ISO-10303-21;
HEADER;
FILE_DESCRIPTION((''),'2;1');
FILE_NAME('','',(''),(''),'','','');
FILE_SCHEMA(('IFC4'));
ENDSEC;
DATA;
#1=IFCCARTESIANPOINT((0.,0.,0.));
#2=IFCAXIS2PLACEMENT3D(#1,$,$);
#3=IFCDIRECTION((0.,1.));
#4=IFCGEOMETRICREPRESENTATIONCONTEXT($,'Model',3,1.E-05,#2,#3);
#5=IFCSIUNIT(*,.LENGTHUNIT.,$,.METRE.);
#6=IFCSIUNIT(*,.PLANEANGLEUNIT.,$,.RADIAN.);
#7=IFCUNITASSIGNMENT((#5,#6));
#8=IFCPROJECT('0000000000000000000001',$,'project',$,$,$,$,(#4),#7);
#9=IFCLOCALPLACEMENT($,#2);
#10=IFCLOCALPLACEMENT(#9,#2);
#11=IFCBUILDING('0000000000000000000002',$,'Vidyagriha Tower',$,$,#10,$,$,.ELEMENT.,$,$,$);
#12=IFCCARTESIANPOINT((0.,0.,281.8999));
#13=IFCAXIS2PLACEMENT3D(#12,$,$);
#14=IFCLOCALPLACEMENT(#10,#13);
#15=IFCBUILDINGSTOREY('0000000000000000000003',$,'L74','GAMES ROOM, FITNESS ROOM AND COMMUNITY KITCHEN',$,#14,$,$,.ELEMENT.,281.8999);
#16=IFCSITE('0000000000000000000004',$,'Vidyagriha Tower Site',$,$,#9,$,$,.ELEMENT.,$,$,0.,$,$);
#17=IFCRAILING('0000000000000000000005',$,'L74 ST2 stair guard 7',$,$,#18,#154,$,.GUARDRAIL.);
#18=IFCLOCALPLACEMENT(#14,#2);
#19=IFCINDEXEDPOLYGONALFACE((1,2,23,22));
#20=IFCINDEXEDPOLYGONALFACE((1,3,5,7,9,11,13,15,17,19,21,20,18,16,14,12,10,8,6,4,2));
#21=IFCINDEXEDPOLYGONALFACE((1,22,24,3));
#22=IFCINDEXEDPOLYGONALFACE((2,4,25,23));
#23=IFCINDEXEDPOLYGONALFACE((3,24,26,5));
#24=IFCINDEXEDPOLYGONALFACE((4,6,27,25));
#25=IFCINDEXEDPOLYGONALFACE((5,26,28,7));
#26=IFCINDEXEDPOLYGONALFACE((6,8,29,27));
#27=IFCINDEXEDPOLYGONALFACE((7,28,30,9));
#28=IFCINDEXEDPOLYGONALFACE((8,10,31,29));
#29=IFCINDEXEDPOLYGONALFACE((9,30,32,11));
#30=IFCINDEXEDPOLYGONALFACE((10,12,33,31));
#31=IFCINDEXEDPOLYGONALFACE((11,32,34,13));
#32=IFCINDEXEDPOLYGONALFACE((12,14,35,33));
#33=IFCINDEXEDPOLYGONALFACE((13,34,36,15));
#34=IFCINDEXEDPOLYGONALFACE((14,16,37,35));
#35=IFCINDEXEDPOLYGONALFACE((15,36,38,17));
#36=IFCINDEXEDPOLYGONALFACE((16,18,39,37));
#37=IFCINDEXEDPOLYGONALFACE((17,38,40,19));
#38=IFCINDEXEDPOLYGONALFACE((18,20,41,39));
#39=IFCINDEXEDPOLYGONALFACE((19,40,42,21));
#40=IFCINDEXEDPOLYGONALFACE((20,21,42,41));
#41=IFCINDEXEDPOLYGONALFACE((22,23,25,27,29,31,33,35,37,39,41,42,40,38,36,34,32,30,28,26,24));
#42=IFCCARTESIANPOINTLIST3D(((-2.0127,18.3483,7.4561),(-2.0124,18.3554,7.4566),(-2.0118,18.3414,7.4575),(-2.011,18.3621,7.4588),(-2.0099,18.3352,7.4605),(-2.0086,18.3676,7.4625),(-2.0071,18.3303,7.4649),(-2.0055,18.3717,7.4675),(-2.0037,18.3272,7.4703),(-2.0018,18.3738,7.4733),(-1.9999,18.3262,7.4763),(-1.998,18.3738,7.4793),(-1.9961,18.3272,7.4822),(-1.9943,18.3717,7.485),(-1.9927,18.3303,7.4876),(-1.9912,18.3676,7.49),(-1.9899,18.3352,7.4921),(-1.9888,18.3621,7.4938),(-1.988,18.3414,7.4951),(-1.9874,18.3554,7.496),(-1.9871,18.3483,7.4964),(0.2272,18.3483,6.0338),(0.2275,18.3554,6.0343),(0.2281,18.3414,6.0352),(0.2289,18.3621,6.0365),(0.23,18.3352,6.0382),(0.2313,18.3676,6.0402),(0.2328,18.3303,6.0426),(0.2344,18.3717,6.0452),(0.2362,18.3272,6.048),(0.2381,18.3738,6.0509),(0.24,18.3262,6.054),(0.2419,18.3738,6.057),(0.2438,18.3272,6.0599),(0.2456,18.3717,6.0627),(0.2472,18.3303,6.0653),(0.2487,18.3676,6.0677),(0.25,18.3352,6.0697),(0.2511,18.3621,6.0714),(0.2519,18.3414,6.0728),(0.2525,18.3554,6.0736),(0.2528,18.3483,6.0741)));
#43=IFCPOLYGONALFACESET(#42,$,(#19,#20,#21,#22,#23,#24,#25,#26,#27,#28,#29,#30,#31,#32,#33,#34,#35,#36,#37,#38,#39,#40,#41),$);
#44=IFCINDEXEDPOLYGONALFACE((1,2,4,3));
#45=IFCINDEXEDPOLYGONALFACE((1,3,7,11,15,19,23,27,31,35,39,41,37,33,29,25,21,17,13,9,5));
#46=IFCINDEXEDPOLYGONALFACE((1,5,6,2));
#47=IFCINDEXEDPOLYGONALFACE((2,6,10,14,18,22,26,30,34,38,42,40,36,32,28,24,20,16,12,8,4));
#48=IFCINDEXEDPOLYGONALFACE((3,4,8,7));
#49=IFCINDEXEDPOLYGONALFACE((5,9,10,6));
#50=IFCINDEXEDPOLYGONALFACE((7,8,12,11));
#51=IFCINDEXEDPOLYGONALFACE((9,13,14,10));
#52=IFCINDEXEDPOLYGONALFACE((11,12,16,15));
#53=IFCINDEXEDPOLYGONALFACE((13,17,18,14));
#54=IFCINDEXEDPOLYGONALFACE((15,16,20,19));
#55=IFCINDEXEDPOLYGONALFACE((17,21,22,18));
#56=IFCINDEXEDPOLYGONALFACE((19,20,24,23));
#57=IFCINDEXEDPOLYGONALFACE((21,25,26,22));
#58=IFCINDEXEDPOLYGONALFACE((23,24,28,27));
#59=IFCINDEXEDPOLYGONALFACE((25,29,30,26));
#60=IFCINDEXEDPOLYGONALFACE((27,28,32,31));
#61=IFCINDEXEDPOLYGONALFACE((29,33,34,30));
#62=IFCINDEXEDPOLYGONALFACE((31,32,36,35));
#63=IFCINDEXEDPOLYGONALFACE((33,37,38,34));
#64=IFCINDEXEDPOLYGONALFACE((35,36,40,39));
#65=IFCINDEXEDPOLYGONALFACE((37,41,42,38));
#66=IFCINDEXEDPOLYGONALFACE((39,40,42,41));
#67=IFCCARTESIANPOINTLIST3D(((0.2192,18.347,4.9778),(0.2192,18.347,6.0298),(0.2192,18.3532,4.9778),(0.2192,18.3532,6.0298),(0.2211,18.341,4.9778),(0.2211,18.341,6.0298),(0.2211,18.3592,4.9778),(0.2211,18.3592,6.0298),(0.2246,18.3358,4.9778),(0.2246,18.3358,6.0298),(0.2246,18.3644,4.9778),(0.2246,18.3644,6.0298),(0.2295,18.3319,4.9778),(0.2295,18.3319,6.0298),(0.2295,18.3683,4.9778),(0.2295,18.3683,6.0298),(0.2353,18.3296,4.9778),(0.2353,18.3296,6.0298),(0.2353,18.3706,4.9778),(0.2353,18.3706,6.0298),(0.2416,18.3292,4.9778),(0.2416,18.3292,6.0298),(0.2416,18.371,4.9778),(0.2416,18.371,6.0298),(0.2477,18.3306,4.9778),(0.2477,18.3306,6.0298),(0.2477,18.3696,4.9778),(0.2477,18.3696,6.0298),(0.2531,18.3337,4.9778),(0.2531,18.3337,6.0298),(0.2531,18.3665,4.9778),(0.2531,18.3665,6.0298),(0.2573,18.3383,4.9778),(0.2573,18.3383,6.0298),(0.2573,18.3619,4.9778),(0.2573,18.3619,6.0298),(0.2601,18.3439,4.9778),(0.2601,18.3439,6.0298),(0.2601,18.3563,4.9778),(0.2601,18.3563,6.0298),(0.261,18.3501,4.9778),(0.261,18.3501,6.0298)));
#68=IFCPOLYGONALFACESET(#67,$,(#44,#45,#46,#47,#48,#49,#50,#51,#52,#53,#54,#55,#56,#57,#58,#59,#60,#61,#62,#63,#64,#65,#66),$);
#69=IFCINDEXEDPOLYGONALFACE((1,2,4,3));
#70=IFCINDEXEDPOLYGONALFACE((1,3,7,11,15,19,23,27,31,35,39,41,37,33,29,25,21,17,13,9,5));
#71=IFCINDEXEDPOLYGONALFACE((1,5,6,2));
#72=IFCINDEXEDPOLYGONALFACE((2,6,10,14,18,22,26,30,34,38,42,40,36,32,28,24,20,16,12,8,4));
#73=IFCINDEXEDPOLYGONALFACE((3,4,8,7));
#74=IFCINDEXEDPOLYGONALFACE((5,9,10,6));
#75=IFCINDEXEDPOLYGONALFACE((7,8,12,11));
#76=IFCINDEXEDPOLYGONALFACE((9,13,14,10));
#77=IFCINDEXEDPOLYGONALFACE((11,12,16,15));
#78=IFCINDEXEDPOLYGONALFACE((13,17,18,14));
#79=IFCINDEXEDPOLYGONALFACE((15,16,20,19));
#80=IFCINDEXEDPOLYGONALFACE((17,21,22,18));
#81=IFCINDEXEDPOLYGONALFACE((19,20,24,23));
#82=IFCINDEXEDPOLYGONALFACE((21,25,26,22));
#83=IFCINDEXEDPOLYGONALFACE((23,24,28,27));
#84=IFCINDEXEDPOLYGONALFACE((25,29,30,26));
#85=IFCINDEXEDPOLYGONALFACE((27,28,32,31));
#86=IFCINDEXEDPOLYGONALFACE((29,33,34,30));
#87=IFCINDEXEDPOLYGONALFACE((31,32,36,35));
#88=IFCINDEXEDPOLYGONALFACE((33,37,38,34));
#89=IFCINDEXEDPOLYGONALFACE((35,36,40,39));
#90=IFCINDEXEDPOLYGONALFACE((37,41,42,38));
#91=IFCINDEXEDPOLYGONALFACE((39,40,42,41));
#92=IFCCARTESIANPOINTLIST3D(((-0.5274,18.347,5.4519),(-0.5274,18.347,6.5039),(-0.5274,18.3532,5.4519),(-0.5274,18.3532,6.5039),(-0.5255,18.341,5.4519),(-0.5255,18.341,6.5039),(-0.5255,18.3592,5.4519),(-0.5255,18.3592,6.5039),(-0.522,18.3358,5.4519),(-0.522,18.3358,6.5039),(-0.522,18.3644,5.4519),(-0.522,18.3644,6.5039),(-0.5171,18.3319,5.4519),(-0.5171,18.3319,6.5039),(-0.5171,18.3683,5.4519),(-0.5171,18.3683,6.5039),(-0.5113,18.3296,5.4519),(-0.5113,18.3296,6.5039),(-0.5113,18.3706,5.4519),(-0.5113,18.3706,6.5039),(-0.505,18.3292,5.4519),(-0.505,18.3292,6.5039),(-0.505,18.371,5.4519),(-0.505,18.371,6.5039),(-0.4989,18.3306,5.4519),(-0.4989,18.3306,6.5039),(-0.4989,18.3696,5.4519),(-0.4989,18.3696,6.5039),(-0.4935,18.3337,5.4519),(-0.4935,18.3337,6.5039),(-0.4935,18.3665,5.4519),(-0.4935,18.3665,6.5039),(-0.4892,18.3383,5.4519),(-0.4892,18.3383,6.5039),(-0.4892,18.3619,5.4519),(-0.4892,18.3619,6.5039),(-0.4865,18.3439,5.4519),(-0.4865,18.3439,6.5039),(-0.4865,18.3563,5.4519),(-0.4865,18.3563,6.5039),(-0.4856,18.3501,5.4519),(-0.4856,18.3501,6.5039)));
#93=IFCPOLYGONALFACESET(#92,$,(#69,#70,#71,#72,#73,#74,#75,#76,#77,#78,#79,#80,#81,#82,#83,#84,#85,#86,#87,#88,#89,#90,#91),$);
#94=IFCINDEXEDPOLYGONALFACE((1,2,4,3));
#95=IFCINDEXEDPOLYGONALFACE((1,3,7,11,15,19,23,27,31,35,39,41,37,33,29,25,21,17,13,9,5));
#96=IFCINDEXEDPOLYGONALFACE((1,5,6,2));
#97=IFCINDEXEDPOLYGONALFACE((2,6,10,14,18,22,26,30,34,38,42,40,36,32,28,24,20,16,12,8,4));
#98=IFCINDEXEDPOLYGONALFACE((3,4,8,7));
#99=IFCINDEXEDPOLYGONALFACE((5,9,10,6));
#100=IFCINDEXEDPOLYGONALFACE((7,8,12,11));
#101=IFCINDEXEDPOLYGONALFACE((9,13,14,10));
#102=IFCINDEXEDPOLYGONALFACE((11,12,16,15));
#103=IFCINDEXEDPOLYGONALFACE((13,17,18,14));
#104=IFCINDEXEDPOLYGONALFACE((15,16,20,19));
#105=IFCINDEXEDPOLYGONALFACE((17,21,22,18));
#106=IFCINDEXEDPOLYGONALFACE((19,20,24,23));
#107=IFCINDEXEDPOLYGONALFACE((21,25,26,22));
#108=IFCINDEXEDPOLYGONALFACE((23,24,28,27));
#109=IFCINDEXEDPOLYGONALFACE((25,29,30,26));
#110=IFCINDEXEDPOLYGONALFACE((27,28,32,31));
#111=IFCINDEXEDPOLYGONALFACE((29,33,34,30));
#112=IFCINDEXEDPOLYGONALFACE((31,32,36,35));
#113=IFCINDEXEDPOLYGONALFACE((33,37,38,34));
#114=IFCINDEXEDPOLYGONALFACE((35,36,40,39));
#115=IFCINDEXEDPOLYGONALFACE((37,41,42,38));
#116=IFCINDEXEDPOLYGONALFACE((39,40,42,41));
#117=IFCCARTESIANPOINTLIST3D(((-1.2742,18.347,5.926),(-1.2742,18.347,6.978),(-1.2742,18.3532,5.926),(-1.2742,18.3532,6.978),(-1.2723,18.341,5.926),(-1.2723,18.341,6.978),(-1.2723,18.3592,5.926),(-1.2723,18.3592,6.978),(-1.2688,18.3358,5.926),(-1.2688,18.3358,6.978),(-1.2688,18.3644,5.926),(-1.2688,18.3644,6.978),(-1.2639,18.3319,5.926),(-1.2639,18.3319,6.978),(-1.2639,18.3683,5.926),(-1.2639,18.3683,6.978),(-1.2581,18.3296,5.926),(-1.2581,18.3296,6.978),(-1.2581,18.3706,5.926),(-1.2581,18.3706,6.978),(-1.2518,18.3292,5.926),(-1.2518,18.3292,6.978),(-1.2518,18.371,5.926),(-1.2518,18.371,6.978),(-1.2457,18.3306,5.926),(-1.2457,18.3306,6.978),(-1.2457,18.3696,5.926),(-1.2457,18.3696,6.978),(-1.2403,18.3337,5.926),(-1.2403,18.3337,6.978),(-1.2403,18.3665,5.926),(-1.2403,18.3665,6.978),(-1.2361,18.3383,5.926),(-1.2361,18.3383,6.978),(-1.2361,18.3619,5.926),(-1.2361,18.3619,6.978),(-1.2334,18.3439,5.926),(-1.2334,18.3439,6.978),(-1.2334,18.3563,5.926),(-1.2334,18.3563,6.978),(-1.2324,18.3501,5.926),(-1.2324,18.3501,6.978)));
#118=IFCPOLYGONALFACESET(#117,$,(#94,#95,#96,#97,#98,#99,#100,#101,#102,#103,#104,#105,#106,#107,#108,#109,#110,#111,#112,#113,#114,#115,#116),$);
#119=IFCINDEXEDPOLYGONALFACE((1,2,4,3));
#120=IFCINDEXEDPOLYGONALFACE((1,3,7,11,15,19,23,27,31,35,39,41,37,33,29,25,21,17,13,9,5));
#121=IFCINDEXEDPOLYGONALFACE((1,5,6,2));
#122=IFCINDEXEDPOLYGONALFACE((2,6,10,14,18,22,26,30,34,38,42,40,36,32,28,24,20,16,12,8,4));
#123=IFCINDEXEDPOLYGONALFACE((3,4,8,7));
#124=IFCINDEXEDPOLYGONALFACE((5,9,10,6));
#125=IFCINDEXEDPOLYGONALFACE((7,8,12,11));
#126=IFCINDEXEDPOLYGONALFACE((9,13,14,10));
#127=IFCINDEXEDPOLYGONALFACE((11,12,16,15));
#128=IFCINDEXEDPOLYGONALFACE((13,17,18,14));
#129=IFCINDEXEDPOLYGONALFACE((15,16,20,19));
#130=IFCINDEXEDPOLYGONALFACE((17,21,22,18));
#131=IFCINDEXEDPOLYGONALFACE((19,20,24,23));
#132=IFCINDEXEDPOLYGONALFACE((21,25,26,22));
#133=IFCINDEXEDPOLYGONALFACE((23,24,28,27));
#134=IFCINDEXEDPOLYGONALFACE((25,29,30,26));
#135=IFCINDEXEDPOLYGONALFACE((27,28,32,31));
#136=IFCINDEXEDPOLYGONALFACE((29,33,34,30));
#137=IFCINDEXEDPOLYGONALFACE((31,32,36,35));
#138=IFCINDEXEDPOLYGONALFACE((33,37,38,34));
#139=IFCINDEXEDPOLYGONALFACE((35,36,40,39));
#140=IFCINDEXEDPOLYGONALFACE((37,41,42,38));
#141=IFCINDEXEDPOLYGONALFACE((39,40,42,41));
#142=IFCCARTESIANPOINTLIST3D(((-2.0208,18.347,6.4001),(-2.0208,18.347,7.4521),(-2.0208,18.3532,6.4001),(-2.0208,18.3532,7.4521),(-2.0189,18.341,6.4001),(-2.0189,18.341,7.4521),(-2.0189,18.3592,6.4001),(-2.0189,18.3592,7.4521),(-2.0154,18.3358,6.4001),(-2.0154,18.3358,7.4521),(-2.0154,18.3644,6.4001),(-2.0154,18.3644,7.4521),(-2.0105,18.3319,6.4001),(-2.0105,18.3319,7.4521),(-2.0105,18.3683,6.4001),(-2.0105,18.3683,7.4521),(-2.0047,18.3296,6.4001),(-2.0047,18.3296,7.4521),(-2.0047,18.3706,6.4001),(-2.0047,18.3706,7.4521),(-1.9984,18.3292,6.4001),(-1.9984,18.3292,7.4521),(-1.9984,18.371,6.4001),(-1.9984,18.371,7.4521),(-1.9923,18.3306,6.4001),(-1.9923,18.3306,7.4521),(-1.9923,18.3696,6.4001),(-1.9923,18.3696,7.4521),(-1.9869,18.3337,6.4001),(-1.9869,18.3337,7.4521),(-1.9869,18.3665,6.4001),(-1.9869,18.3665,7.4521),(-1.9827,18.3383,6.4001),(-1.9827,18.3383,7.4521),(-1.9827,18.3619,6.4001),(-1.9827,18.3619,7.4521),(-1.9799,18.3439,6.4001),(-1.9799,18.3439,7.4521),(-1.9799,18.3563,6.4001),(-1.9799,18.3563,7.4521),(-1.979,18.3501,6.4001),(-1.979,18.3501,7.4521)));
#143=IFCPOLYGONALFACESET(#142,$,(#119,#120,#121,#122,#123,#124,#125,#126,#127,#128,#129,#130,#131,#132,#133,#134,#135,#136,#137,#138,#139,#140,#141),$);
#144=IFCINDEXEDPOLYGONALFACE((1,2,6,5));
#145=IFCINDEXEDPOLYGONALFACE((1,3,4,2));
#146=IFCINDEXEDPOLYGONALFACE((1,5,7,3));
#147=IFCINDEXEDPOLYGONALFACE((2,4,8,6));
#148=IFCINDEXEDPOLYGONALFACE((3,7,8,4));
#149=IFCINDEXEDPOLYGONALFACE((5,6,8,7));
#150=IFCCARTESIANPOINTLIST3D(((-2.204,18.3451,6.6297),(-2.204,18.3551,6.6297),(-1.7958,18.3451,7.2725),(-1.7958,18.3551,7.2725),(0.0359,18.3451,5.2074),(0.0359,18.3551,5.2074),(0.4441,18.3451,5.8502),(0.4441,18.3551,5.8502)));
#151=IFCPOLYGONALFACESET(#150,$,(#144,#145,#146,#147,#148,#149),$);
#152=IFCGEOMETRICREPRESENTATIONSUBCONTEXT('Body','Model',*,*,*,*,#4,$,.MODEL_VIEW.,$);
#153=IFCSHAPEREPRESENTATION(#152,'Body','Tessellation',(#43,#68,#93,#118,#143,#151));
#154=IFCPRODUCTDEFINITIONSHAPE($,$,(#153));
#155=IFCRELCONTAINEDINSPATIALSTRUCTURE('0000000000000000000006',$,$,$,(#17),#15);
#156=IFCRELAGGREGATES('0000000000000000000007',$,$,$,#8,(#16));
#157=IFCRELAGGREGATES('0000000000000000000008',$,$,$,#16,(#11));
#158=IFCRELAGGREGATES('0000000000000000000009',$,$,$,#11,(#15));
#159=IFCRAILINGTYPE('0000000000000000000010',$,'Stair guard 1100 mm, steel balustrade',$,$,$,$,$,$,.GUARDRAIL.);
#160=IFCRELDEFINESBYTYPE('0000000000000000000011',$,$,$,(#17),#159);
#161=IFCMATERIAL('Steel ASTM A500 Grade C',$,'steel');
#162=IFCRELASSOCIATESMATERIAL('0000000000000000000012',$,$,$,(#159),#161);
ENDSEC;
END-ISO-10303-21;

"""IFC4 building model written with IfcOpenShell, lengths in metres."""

from ifc_helpers import new_model, si_unit, direction, frame, origin, origin_2d, place, context, subcontext, project, spatial, rectangle, circle, extrude, material, type_object, element, save


model = new_model("IFC4")

# Units and contexts
model_context = context("Model", 3, precision=1e-05, world=origin(), true_north=direction((0.0, 1.0)))
body_context = subcontext(model_context, "Body", "Model", "MODEL_VIEW")
ifc_project = project(units=[si_unit("LENGTHUNIT", "METRE"), si_unit("PLANEANGLEUNIT", "RADIAN")], contexts=[model_context])

# Site, building, storey
site_placement = place(None, origin())
site = spatial("IfcSite", under=ifc_project, at=site_placement, Name="Vidyagriha Tower Site", CompositionType="ELEMENT", RefElevation=0.0)
building_placement = place(site_placement, origin())
building = spatial("IfcBuilding", under=site, at=building_placement, Name="Vidyagriha Tower", CompositionType="ELEMENT")
storey_placement = place(building_placement, frame((0.0, 0.0, 281.8999)))
storey = spatial("IfcBuildingStorey", under=building, at=storey_placement, Name="L74", Description="GAMES ROOM, FITNESS ROOM AND COMMUNITY KITCHEN", CompositionType="ELEMENT", Elevation=281.8999)

# Railing
ifc_material_1 = material(Name="Steel ASTM A500 Grade C", Category="steel")
railing_type_1 = type_object("IfcRailingType", Name="Stair guard 1100 mm, steel balustrade", PredefinedType="GUARDRAIL", material=ifc_material_1)
for number, where, name in (
    (1, (0.24, 18.3501, 4.9778), "L74 ST2 stair guard 7"),
):
    element("IfcRailing", number, at=place(storey_placement, frame(where)), inside=storey, type_object=railing_type_1, Name=name, PredefinedType="GUARDRAIL", context=body_context, shape_type="SweptSolid", body=[
        extrude(circle(Radius=0.0239, at=origin_2d()), frame((0.0, 0.0, 1.0762), z_axis=(-0.844188, 0.0, 0.536048), x_axis=(0.0, -1.0, 0.0)), (0.0, 0.0, 1.0), 2.6533),
        extrude(circle(Radius=0.021, at=origin_2d()), origin(), (0.0, 0.0, 1.0), 1.052),
        extrude(circle(Radius=0.021, at=origin_2d()), frame((-0.7466, 0.0, 0.4741)), (0.0, 0.0, 1.0), 1.052),
        extrude(circle(Radius=0.021, at=origin_2d()), frame((-1.4934, 0.0, 0.9482)), (0.0, 0.0, 1.0), 1.052),
        extrude(circle(Radius=0.021, at=origin_2d()), frame((-2.24, 0.0, 1.4224)), (0.0, 0.0, 1.0), 1.052),
        extrude(rectangle(XDim=0.01, YDim=0.7615, at=origin_2d()), frame((0.0, 0.0, 0.551), z_axis=(-0.844188, 0.0, 0.536048), x_axis=(0.0, -1.0, 0.0)), (0.0, 0.0, 1.0), 2.6533),
    ])

save(model, "model.ifc")
